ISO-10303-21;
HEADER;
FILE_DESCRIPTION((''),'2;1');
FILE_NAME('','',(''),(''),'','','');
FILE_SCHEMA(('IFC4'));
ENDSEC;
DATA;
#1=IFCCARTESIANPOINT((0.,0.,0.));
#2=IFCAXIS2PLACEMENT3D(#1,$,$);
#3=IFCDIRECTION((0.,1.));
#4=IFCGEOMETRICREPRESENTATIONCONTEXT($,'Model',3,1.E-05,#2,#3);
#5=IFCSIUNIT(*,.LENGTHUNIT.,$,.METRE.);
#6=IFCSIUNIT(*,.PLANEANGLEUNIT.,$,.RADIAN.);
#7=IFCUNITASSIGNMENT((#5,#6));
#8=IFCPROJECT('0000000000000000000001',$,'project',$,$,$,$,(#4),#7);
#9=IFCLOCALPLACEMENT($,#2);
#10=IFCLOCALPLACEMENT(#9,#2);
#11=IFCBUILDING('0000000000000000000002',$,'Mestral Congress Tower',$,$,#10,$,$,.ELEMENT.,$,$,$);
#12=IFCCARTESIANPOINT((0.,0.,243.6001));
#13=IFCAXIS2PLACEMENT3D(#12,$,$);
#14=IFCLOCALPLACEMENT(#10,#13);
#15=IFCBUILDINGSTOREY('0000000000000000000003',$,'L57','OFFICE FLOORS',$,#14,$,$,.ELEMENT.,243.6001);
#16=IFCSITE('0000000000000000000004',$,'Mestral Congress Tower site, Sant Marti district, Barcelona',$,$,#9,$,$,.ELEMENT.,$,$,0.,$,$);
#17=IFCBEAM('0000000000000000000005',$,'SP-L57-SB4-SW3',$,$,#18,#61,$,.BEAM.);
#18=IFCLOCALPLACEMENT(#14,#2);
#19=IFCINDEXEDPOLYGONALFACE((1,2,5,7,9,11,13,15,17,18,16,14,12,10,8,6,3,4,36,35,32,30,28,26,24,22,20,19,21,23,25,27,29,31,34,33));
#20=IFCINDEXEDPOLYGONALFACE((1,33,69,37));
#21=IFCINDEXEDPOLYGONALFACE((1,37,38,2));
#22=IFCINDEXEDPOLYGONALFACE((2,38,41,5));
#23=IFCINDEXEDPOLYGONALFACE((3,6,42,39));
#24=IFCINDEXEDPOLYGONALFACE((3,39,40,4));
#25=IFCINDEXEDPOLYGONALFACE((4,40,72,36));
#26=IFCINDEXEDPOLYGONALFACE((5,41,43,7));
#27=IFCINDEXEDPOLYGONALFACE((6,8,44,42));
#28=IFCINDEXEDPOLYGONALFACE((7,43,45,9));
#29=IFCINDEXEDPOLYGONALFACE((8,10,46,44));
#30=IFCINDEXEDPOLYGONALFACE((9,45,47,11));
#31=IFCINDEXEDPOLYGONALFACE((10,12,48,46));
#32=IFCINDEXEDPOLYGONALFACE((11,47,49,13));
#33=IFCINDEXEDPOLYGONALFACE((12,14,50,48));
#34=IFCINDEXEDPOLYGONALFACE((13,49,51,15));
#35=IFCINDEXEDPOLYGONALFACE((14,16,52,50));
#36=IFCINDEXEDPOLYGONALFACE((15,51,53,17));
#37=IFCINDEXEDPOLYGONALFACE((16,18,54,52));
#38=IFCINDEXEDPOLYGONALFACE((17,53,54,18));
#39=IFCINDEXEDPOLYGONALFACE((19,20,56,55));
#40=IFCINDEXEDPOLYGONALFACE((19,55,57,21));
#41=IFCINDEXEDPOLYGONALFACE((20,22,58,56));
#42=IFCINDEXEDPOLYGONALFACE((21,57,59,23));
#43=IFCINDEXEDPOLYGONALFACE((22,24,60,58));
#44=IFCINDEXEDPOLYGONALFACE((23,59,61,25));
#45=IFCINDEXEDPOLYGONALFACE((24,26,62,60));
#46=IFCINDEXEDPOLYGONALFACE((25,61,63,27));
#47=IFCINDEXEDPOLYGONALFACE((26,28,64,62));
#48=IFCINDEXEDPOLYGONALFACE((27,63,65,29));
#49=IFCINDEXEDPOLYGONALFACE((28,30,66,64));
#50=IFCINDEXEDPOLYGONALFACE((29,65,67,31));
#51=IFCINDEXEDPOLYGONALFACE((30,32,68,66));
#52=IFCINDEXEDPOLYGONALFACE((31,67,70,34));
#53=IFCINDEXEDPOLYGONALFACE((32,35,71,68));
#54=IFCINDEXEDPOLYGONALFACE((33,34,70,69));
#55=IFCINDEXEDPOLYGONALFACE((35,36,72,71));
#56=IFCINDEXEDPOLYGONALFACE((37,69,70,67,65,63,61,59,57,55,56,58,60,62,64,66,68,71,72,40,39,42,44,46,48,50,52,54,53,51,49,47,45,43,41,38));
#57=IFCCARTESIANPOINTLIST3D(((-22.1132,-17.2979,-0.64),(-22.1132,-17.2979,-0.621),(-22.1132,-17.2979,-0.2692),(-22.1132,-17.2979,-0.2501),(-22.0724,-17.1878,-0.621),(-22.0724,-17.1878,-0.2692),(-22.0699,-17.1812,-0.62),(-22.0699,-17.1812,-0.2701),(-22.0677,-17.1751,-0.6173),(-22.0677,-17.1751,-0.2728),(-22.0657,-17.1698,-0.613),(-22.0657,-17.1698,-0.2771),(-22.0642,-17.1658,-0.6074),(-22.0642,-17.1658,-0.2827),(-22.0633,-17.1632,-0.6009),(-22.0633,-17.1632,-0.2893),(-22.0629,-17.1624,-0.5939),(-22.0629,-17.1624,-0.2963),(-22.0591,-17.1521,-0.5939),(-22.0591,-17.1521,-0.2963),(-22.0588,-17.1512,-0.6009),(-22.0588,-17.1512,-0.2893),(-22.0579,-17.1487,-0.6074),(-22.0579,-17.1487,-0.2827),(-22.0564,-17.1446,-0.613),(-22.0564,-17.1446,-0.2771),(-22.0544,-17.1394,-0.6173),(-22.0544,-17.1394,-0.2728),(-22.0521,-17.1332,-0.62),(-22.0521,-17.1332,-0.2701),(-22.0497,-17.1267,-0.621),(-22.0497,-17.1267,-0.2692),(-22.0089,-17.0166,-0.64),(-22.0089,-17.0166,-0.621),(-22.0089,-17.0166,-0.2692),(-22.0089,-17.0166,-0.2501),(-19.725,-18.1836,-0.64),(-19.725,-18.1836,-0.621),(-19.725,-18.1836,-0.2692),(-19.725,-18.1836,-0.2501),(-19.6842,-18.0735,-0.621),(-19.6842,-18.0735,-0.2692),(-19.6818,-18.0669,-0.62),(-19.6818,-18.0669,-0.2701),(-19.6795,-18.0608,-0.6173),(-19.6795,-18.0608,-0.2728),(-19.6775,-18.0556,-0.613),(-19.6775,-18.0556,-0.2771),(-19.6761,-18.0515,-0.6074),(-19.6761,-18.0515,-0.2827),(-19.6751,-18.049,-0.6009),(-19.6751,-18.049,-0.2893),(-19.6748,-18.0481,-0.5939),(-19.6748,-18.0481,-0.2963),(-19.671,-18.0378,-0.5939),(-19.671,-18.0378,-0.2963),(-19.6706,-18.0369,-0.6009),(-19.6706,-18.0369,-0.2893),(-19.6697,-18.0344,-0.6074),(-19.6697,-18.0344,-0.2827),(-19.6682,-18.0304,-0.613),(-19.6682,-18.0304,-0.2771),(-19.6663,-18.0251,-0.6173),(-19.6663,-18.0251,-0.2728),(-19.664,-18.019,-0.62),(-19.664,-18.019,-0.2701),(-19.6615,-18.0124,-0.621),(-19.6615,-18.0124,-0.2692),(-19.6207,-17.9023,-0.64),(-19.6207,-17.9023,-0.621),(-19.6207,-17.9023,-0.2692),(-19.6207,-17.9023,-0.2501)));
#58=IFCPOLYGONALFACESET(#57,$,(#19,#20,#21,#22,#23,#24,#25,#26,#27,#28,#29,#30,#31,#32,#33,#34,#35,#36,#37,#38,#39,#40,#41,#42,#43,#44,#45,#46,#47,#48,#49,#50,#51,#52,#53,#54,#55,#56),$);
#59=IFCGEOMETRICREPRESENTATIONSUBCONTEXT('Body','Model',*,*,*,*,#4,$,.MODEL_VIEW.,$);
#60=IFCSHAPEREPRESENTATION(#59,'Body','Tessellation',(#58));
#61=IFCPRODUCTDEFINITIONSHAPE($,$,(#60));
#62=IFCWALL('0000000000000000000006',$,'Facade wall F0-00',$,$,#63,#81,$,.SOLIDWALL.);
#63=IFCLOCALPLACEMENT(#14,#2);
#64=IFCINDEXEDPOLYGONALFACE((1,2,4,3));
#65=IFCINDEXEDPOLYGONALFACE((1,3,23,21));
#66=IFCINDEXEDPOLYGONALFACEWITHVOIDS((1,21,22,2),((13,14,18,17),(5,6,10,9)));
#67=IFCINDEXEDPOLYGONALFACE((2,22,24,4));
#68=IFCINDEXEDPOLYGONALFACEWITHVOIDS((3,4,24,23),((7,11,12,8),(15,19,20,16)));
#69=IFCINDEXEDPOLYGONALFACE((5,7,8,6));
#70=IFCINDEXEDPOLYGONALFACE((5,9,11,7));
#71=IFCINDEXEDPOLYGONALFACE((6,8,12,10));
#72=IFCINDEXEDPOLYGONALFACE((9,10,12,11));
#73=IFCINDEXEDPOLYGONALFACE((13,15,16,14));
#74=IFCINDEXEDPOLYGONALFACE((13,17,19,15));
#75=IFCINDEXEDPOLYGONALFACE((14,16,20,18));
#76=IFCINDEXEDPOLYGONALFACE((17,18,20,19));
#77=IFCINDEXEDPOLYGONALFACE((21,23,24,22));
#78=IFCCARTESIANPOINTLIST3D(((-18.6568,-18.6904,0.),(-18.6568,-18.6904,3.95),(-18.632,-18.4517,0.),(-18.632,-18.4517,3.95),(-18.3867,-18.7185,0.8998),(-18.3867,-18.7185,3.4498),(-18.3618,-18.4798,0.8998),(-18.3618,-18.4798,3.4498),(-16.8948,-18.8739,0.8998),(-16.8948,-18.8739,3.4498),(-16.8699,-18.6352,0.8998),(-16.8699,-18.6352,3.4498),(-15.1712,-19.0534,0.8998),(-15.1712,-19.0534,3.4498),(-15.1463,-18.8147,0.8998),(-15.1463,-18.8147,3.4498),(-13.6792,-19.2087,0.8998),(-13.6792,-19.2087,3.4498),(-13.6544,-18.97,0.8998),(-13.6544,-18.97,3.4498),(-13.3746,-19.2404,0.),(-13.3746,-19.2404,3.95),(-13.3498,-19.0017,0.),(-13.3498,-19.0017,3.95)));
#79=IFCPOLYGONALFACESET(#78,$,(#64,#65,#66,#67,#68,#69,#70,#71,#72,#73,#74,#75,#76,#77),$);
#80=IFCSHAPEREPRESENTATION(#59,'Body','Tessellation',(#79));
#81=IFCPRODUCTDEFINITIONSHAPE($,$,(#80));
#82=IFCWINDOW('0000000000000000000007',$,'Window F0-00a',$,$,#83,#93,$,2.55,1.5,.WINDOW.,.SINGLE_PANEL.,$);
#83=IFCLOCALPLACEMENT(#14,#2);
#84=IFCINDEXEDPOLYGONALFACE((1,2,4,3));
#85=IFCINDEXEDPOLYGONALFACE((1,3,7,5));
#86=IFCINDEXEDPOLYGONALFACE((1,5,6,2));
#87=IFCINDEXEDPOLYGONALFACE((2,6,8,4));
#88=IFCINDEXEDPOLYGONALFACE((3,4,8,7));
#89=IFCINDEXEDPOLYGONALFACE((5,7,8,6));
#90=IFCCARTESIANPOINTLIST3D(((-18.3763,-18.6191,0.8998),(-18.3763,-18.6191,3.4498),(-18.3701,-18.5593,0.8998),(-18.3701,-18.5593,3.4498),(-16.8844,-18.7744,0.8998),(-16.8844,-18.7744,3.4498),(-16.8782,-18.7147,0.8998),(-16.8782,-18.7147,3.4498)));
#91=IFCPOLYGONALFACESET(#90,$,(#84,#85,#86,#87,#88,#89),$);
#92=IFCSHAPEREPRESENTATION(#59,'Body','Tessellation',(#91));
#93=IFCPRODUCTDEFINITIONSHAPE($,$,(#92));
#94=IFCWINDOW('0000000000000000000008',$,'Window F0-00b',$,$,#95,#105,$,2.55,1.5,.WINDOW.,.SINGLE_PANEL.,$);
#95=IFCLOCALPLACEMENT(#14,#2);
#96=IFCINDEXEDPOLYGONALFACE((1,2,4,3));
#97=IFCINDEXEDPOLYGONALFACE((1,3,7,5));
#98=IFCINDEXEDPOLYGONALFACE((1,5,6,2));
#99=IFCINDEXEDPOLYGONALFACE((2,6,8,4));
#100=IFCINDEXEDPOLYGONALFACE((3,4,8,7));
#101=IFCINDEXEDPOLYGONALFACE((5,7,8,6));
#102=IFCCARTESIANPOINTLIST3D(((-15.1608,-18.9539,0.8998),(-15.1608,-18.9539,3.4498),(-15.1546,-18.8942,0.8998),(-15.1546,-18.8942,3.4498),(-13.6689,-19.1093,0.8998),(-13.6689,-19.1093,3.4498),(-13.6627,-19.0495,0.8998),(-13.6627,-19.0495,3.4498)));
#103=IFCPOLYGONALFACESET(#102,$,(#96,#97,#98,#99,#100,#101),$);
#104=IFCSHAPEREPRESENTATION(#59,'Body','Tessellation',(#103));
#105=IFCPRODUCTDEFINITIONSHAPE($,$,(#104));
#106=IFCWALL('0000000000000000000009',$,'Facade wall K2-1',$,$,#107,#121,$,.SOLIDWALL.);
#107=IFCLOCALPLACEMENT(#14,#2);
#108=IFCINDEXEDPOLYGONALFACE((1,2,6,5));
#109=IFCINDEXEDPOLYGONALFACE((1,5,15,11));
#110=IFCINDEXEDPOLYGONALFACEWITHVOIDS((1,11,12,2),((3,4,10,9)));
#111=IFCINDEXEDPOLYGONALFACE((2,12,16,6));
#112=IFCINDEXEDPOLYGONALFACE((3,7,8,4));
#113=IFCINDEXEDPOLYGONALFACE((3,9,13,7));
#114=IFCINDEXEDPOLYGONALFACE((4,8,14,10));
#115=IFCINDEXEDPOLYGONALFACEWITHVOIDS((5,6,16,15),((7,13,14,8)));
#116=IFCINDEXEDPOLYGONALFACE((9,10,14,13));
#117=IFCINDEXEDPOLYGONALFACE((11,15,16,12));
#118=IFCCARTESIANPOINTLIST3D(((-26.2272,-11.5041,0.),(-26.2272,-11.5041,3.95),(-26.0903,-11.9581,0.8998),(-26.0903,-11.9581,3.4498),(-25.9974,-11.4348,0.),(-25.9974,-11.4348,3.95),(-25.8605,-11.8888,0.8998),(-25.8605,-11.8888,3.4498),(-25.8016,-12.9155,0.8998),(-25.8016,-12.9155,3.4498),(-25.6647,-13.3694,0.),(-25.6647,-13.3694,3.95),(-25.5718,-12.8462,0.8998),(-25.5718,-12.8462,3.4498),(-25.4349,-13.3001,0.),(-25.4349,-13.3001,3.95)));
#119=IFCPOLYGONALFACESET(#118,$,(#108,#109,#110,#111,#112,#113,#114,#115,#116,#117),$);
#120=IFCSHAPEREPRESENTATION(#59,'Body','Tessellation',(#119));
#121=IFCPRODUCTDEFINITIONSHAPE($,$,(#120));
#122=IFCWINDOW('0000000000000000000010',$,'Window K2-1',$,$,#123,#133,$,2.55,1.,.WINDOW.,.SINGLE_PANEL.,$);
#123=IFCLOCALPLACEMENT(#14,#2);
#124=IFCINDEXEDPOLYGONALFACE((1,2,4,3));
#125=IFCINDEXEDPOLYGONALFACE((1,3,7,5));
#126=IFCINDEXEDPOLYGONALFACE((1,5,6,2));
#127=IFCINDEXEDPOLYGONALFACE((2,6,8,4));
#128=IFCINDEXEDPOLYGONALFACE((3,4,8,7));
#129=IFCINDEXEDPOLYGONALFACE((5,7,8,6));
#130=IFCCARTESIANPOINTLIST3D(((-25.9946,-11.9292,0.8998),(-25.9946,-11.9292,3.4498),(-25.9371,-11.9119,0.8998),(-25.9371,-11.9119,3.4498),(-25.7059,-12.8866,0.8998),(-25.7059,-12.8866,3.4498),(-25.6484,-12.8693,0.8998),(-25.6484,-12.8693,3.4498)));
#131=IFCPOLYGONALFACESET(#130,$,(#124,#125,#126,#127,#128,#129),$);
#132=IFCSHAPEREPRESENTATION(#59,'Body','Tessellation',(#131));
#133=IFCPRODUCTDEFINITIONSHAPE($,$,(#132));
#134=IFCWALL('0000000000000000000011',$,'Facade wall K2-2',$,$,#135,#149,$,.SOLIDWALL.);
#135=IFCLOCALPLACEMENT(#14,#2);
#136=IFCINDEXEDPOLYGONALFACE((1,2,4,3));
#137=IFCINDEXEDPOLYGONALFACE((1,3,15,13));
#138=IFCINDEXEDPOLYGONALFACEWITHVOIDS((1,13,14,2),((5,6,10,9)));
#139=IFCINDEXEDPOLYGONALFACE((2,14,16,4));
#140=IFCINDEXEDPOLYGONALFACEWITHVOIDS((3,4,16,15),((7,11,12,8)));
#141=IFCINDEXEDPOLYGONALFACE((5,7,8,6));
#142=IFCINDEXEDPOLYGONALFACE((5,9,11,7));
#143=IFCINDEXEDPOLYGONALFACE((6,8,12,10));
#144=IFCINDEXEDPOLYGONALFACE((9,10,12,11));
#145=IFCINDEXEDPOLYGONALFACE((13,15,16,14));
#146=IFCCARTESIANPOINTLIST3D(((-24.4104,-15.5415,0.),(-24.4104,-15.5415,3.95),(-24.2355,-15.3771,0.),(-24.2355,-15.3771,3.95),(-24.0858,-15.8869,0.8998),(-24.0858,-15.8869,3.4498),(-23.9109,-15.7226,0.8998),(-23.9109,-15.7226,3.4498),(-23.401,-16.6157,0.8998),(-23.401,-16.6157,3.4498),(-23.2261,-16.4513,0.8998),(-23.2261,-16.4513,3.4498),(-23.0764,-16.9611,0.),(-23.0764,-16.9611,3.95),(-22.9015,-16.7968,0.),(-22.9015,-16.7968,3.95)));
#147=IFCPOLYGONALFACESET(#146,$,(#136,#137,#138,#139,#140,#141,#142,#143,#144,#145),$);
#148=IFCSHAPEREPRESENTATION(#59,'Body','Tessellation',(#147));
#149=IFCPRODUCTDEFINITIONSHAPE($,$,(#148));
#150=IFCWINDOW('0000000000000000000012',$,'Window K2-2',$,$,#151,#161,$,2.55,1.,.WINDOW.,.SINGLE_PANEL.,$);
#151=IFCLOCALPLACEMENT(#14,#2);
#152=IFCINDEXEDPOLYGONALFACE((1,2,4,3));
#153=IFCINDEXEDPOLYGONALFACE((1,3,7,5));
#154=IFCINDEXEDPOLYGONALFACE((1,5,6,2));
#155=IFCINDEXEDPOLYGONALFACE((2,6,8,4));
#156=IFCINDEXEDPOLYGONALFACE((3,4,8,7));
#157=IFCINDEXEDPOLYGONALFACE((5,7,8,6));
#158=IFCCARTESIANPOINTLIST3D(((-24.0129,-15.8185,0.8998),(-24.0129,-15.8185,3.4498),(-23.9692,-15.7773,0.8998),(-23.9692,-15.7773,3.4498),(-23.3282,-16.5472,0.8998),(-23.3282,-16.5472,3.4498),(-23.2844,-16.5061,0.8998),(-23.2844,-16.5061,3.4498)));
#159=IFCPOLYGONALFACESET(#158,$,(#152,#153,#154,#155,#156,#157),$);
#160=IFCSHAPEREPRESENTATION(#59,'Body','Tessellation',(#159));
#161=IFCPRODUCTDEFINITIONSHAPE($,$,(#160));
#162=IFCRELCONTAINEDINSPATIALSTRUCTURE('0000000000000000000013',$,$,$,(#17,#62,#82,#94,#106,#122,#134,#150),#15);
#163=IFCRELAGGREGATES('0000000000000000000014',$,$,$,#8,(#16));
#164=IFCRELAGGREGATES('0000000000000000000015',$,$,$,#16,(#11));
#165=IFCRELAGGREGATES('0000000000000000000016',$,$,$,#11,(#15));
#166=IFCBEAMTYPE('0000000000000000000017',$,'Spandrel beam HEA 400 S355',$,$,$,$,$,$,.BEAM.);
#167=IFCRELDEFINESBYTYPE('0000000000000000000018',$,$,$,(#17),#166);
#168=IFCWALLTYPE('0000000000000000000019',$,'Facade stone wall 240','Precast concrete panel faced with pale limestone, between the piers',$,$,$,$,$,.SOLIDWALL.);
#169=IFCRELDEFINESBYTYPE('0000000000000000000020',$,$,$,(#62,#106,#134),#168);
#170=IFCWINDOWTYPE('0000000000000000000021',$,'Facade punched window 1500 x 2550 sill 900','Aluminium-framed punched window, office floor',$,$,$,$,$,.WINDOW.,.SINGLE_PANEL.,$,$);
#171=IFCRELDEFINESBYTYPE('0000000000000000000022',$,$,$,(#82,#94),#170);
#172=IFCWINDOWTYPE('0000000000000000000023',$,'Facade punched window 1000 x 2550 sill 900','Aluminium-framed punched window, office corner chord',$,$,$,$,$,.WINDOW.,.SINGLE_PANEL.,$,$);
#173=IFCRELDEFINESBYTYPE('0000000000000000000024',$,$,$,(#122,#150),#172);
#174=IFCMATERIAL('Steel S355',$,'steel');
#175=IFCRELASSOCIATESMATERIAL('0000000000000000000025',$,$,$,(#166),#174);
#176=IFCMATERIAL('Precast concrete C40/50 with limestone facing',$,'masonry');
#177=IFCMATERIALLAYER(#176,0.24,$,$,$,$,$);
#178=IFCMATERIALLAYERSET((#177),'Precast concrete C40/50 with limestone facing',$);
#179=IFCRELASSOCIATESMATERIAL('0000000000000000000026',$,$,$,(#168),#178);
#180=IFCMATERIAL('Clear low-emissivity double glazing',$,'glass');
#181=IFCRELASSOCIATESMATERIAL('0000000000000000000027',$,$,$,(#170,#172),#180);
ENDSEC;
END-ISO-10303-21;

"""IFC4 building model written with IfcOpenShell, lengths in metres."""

from ifc_helpers import new_model, si_unit, direction, frame, frame_2d, origin, origin_2d, place, context, subcontext, project, spatial, rectangle, i_section, extrude, material, layer, layer_set, material_profile, profile_set, type_object, element, fill, save


model = new_model("IFC4")

# Units and contexts
model_context = context("Model", 3, precision=1e-05, world=origin(), true_north=direction((0.0, 1.0)))
body_context = subcontext(model_context, "Body", "Model", "MODEL_VIEW")
ifc_project = project(units=[si_unit("LENGTHUNIT", "METRE"), si_unit("PLANEANGLEUNIT", "RADIAN")], contexts=[model_context])

# Site, building, storey
site_placement = place(None, origin())
site = spatial("IfcSite", under=ifc_project, at=site_placement, Name="Mestral Congress Tower site, Sant Marti district, Barcelona", CompositionType="ELEMENT", RefElevation=0.0)
building_placement = place(site_placement, origin())
building = spatial("IfcBuilding", under=site, at=building_placement, Name="Mestral Congress Tower", CompositionType="ELEMENT")
storey_placement = place(building_placement, frame((0.0, 0.0, 243.6001)))
storey = spatial("IfcBuildingStorey", under=building, at=storey_placement, Name="L57", Description="OFFICE FLOORS", CompositionType="ELEMENT", Elevation=243.6001)

# Beam
ifc_material_1 = material(Name="Steel S355", Category="steel")
ifc_material_profile_1 = material_profile(ifc_material_1, i_section(OverallWidth=0.3, OverallDepth=0.3899, WebThickness=0.011, FlangeThickness=0.019, FilletRadius=0.0271, at=origin_2d()), Name="HEA 400")
ifc_profile_set_1 = profile_set([ifc_material_profile_1], Name="Steel S355")
beam_type_1 = type_object("IfcBeamType", Name="Spandrel beam HEA 400 S355", PredefinedType="BEAM", material=ifc_profile_set_1)
beam_1_placement = place(storey_placement, frame((-22.061, -17.1572, -0.4451), z_axis=(0.937591, -0.347739, 0.0), x_axis=(0.347739, 0.937591, 0.0)))
element("IfcBeam", 1, at=beam_1_placement, inside=storey, type_object=beam_type_1, Name="SP-L57-SB4-SW3", PredefinedType="BEAM", context=body_context, shape_type="SweptSolid", body=[
    extrude(i_section(OverallWidth=0.3, OverallDepth=0.3899, WebThickness=0.011, FlangeThickness=0.019, FilletRadius=0.0271, at=origin_2d()), origin(), (0.0, 0.0, 1.0), 2.5471),
])

# Wall, openings, windows
ifc_material_2 = material(Name="Precast concrete C40/50 with limestone facing", Category="masonry")
ifc_layer_1 = layer(ifc_material_2, 0.24)
ifc_layer_set_1 = layer_set([ifc_layer_1], Name="Precast concrete C40/50 with limestone facing")
wall_type_1 = type_object("IfcWallType", Name="Facade stone wall 240", Description="Precast concrete panel faced with pale limestone, between the piers", PredefinedType="SOLIDWALL", material=ifc_layer_set_1)
wall_1_placement = place(storey_placement, frame((-18.6443, -18.571, 0.0), z_axis=(0.0, 0.0, 1.0), x_axis=(0.994622, -0.103572, 0.0)))
wall_1 = element("IfcWall", 2, at=wall_1_placement, inside=storey, type_object=wall_type_1, Name="Facade wall F0-00", PredefinedType="SOLIDWALL", context=body_context, shape_type="SweptSolid", body=[
    extrude(rectangle(XDim=5.3108, YDim=0.24, at=frame_2d((2.6553, 0.0))), origin(), (0.0, 0.0, 1.0), 3.95),
])
opening_1_placement = place(wall_1_placement, frame((0.2715, 0.0, 0.8999)))
opening_1 = element("IfcOpeningElement", 3, at=opening_1_placement, cuts=wall_1, PredefinedType="OPENING", context=body_context, shape_type="SweptSolid", body=[
    extrude(rectangle(XDim=1.5, YDim=2.55, at=frame_2d((0.75, 1.2749))), frame((0.0, 0.1299, 0.0), z_axis=(0.0, -1.0, 0.0), x_axis=(1.0, 0.0, 0.0)), (0.0, 0.0, 1.0), 0.26),
])
opening_2_placement = place(wall_1_placement, frame((3.5044, 0.0, 0.8999)))
opening_2 = element("IfcOpeningElement", 4, at=opening_2_placement, cuts=wall_1, PredefinedType="OPENING", context=body_context, shape_type="SweptSolid", body=[
    extrude(rectangle(XDim=1.5, YDim=2.55, at=frame_2d((0.75, 1.2749))), frame((0.0, 0.1299, 0.0), z_axis=(0.0, -1.0, 0.0), x_axis=(1.0, 0.0, 0.0)), (0.0, 0.0, 1.0), 0.26),
])
ifc_material_3 = material(Name="Clear low-emissivity double glazing", Category="glass")
window_type_1 = type_object("IfcWindowType", Name="Facade punched window 1500 x 2550 sill 900", Description="Aluminium-framed punched window, office floor", PartitioningType="SINGLE_PANEL", PredefinedType="WINDOW", material=ifc_material_3)
window_1_placement = place(opening_1_placement, origin())
window_1 = element("IfcWindow", 5, at=window_1_placement, inside=storey, type_object=window_type_1, Name="Window F0-00a", OverallHeight=2.55, OverallWidth=1.5, PartitioningType="SINGLE_PANEL", PredefinedType="WINDOW", context=body_context, shape_type="SweptSolid", body=[
    extrude(rectangle(XDim=1.5, YDim=2.55, at=frame_2d((0.75, 1.2749))), frame((0.0, 0.04, 0.0), z_axis=(0.0, -1.0, 0.0), x_axis=(1.0, 0.0, 0.0)), (0.0, 0.0, 1.0), 0.0601),
])
fill(opening_1, window_1)
window_2_placement = place(opening_2_placement, origin())
window_2 = element("IfcWindow", 6, at=window_2_placement, inside=storey, type_object=window_type_1, Name="Window F0-00b", OverallHeight=2.55, OverallWidth=1.5, PartitioningType="SINGLE_PANEL", PredefinedType="WINDOW", context=body_context, shape_type="SweptSolid", body=[
    extrude(rectangle(XDim=1.5, YDim=2.55, at=frame_2d((0.75, 1.2749))), frame((0.0, 0.04, 0.0), z_axis=(0.0, -1.0, 0.0), x_axis=(1.0, 0.0, 0.0)), (0.0, 0.0, 1.0), 0.0601),
])
fill(opening_2, window_2)

# Walls, openings, windows
wall_2_placement = place(storey_placement, frame((-26.1123, -11.4695, 0.0), z_axis=(0.0, 0.0, 1.0), x_axis=(0.288727, -0.957411, 0.0)))
wall_2 = element("IfcWall", 7, at=wall_2_placement, inside=storey, type_object=wall_type_1, Name="Facade wall K2-1", PredefinedType="SOLIDWALL", context=body_context, shape_type="SweptSolid", body=[
    extrude(rectangle(XDim=1.9482, YDim=0.24, at=frame_2d((0.9741, 0.0))), origin(), (0.0, 0.0, 1.0), 3.95),
])
opening_3_placement = place(wall_2_placement, frame((0.4741, 0.0, 0.8999)))
opening_3 = element("IfcOpeningElement", 8, at=opening_3_placement, cuts=wall_2, PredefinedType="OPENING", context=body_context, shape_type="SweptSolid", body=[
    extrude(rectangle(XDim=1.0, YDim=2.55, at=frame_2d((0.5, 1.2749))), frame((0.0, 0.1299, 0.0), z_axis=(0.0, -1.0, 0.0), x_axis=(1.0, 0.0, 0.0)), (0.0, 0.0, 1.0), 0.26),
])
window_type_2 = type_object("IfcWindowType", Name="Facade punched window 1000 x 2550 sill 900", Description="Aluminium-framed punched window, office corner chord", PartitioningType="SINGLE_PANEL", PredefinedType="WINDOW", material=ifc_material_3)
window_3_placement = place(opening_3_placement, origin())
window_3 = element("IfcWindow", 9, at=window_3_placement, inside=storey, type_object=window_type_2, Name="Window K2-1", OverallHeight=2.55, OverallWidth=1.0, PartitioningType="SINGLE_PANEL", PredefinedType="WINDOW", context=body_context, shape_type="SweptSolid", body=[
    extrude(rectangle(XDim=1.0, YDim=2.55, at=frame_2d((0.5, 1.2749))), frame((0.0, 0.04, 0.0), z_axis=(0.0, -1.0, 0.0), x_axis=(1.0, 0.0, 0.0)), (0.0, 0.0, 1.0), 0.0601),
])
fill(opening_3, window_3)
wall_3_placement = place(storey_placement, frame((-24.323, -15.4592, 0.0), z_axis=(0.0, 0.0, 1.0), x_axis=(0.68477, -0.728759, 0.0)))
wall_3 = element("IfcWall", 10, at=wall_3_placement, inside=storey, type_object=wall_type_1, Name="Facade wall K2-2", PredefinedType="SOLIDWALL", context=body_context, shape_type="SweptSolid", body=[
    extrude(rectangle(XDim=1.948, YDim=0.24, at=frame_2d((0.9741, 0.0))), origin(), (0.0, 0.0, 1.0), 3.95),
])
opening_4_placement = place(wall_3_placement, frame((0.4741, 0.0, 0.8999)))
opening_4 = element("IfcOpeningElement", 11, at=opening_4_placement, cuts=wall_3, PredefinedType="OPENING", context=body_context, shape_type="SweptSolid", body=[
    extrude(rectangle(XDim=1.0, YDim=2.55, at=frame_2d((0.5, 1.2749))), frame((0.0, 0.1299, 0.0), z_axis=(0.0, -1.0, 0.0), x_axis=(1.0, 0.0, 0.0)), (0.0, 0.0, 1.0), 0.26),
])
window_4_placement = place(opening_4_placement, origin())
window_4 = element("IfcWindow", 12, at=window_4_placement, inside=storey, type_object=window_type_2, Name="Window K2-2", OverallHeight=2.55, OverallWidth=1.0, PartitioningType="SINGLE_PANEL", PredefinedType="WINDOW", context=body_context, shape_type="SweptSolid", body=[
    extrude(rectangle(XDim=1.0, YDim=2.55, at=frame_2d((0.5, 1.2749))), frame((0.0, 0.04, 0.0), z_axis=(0.0, -1.0, 0.0), x_axis=(1.0, 0.0, 0.0)), (0.0, 0.0, 1.0), 0.0601),
])
fill(opening_4, window_4)

save(model, "model.ifc")
